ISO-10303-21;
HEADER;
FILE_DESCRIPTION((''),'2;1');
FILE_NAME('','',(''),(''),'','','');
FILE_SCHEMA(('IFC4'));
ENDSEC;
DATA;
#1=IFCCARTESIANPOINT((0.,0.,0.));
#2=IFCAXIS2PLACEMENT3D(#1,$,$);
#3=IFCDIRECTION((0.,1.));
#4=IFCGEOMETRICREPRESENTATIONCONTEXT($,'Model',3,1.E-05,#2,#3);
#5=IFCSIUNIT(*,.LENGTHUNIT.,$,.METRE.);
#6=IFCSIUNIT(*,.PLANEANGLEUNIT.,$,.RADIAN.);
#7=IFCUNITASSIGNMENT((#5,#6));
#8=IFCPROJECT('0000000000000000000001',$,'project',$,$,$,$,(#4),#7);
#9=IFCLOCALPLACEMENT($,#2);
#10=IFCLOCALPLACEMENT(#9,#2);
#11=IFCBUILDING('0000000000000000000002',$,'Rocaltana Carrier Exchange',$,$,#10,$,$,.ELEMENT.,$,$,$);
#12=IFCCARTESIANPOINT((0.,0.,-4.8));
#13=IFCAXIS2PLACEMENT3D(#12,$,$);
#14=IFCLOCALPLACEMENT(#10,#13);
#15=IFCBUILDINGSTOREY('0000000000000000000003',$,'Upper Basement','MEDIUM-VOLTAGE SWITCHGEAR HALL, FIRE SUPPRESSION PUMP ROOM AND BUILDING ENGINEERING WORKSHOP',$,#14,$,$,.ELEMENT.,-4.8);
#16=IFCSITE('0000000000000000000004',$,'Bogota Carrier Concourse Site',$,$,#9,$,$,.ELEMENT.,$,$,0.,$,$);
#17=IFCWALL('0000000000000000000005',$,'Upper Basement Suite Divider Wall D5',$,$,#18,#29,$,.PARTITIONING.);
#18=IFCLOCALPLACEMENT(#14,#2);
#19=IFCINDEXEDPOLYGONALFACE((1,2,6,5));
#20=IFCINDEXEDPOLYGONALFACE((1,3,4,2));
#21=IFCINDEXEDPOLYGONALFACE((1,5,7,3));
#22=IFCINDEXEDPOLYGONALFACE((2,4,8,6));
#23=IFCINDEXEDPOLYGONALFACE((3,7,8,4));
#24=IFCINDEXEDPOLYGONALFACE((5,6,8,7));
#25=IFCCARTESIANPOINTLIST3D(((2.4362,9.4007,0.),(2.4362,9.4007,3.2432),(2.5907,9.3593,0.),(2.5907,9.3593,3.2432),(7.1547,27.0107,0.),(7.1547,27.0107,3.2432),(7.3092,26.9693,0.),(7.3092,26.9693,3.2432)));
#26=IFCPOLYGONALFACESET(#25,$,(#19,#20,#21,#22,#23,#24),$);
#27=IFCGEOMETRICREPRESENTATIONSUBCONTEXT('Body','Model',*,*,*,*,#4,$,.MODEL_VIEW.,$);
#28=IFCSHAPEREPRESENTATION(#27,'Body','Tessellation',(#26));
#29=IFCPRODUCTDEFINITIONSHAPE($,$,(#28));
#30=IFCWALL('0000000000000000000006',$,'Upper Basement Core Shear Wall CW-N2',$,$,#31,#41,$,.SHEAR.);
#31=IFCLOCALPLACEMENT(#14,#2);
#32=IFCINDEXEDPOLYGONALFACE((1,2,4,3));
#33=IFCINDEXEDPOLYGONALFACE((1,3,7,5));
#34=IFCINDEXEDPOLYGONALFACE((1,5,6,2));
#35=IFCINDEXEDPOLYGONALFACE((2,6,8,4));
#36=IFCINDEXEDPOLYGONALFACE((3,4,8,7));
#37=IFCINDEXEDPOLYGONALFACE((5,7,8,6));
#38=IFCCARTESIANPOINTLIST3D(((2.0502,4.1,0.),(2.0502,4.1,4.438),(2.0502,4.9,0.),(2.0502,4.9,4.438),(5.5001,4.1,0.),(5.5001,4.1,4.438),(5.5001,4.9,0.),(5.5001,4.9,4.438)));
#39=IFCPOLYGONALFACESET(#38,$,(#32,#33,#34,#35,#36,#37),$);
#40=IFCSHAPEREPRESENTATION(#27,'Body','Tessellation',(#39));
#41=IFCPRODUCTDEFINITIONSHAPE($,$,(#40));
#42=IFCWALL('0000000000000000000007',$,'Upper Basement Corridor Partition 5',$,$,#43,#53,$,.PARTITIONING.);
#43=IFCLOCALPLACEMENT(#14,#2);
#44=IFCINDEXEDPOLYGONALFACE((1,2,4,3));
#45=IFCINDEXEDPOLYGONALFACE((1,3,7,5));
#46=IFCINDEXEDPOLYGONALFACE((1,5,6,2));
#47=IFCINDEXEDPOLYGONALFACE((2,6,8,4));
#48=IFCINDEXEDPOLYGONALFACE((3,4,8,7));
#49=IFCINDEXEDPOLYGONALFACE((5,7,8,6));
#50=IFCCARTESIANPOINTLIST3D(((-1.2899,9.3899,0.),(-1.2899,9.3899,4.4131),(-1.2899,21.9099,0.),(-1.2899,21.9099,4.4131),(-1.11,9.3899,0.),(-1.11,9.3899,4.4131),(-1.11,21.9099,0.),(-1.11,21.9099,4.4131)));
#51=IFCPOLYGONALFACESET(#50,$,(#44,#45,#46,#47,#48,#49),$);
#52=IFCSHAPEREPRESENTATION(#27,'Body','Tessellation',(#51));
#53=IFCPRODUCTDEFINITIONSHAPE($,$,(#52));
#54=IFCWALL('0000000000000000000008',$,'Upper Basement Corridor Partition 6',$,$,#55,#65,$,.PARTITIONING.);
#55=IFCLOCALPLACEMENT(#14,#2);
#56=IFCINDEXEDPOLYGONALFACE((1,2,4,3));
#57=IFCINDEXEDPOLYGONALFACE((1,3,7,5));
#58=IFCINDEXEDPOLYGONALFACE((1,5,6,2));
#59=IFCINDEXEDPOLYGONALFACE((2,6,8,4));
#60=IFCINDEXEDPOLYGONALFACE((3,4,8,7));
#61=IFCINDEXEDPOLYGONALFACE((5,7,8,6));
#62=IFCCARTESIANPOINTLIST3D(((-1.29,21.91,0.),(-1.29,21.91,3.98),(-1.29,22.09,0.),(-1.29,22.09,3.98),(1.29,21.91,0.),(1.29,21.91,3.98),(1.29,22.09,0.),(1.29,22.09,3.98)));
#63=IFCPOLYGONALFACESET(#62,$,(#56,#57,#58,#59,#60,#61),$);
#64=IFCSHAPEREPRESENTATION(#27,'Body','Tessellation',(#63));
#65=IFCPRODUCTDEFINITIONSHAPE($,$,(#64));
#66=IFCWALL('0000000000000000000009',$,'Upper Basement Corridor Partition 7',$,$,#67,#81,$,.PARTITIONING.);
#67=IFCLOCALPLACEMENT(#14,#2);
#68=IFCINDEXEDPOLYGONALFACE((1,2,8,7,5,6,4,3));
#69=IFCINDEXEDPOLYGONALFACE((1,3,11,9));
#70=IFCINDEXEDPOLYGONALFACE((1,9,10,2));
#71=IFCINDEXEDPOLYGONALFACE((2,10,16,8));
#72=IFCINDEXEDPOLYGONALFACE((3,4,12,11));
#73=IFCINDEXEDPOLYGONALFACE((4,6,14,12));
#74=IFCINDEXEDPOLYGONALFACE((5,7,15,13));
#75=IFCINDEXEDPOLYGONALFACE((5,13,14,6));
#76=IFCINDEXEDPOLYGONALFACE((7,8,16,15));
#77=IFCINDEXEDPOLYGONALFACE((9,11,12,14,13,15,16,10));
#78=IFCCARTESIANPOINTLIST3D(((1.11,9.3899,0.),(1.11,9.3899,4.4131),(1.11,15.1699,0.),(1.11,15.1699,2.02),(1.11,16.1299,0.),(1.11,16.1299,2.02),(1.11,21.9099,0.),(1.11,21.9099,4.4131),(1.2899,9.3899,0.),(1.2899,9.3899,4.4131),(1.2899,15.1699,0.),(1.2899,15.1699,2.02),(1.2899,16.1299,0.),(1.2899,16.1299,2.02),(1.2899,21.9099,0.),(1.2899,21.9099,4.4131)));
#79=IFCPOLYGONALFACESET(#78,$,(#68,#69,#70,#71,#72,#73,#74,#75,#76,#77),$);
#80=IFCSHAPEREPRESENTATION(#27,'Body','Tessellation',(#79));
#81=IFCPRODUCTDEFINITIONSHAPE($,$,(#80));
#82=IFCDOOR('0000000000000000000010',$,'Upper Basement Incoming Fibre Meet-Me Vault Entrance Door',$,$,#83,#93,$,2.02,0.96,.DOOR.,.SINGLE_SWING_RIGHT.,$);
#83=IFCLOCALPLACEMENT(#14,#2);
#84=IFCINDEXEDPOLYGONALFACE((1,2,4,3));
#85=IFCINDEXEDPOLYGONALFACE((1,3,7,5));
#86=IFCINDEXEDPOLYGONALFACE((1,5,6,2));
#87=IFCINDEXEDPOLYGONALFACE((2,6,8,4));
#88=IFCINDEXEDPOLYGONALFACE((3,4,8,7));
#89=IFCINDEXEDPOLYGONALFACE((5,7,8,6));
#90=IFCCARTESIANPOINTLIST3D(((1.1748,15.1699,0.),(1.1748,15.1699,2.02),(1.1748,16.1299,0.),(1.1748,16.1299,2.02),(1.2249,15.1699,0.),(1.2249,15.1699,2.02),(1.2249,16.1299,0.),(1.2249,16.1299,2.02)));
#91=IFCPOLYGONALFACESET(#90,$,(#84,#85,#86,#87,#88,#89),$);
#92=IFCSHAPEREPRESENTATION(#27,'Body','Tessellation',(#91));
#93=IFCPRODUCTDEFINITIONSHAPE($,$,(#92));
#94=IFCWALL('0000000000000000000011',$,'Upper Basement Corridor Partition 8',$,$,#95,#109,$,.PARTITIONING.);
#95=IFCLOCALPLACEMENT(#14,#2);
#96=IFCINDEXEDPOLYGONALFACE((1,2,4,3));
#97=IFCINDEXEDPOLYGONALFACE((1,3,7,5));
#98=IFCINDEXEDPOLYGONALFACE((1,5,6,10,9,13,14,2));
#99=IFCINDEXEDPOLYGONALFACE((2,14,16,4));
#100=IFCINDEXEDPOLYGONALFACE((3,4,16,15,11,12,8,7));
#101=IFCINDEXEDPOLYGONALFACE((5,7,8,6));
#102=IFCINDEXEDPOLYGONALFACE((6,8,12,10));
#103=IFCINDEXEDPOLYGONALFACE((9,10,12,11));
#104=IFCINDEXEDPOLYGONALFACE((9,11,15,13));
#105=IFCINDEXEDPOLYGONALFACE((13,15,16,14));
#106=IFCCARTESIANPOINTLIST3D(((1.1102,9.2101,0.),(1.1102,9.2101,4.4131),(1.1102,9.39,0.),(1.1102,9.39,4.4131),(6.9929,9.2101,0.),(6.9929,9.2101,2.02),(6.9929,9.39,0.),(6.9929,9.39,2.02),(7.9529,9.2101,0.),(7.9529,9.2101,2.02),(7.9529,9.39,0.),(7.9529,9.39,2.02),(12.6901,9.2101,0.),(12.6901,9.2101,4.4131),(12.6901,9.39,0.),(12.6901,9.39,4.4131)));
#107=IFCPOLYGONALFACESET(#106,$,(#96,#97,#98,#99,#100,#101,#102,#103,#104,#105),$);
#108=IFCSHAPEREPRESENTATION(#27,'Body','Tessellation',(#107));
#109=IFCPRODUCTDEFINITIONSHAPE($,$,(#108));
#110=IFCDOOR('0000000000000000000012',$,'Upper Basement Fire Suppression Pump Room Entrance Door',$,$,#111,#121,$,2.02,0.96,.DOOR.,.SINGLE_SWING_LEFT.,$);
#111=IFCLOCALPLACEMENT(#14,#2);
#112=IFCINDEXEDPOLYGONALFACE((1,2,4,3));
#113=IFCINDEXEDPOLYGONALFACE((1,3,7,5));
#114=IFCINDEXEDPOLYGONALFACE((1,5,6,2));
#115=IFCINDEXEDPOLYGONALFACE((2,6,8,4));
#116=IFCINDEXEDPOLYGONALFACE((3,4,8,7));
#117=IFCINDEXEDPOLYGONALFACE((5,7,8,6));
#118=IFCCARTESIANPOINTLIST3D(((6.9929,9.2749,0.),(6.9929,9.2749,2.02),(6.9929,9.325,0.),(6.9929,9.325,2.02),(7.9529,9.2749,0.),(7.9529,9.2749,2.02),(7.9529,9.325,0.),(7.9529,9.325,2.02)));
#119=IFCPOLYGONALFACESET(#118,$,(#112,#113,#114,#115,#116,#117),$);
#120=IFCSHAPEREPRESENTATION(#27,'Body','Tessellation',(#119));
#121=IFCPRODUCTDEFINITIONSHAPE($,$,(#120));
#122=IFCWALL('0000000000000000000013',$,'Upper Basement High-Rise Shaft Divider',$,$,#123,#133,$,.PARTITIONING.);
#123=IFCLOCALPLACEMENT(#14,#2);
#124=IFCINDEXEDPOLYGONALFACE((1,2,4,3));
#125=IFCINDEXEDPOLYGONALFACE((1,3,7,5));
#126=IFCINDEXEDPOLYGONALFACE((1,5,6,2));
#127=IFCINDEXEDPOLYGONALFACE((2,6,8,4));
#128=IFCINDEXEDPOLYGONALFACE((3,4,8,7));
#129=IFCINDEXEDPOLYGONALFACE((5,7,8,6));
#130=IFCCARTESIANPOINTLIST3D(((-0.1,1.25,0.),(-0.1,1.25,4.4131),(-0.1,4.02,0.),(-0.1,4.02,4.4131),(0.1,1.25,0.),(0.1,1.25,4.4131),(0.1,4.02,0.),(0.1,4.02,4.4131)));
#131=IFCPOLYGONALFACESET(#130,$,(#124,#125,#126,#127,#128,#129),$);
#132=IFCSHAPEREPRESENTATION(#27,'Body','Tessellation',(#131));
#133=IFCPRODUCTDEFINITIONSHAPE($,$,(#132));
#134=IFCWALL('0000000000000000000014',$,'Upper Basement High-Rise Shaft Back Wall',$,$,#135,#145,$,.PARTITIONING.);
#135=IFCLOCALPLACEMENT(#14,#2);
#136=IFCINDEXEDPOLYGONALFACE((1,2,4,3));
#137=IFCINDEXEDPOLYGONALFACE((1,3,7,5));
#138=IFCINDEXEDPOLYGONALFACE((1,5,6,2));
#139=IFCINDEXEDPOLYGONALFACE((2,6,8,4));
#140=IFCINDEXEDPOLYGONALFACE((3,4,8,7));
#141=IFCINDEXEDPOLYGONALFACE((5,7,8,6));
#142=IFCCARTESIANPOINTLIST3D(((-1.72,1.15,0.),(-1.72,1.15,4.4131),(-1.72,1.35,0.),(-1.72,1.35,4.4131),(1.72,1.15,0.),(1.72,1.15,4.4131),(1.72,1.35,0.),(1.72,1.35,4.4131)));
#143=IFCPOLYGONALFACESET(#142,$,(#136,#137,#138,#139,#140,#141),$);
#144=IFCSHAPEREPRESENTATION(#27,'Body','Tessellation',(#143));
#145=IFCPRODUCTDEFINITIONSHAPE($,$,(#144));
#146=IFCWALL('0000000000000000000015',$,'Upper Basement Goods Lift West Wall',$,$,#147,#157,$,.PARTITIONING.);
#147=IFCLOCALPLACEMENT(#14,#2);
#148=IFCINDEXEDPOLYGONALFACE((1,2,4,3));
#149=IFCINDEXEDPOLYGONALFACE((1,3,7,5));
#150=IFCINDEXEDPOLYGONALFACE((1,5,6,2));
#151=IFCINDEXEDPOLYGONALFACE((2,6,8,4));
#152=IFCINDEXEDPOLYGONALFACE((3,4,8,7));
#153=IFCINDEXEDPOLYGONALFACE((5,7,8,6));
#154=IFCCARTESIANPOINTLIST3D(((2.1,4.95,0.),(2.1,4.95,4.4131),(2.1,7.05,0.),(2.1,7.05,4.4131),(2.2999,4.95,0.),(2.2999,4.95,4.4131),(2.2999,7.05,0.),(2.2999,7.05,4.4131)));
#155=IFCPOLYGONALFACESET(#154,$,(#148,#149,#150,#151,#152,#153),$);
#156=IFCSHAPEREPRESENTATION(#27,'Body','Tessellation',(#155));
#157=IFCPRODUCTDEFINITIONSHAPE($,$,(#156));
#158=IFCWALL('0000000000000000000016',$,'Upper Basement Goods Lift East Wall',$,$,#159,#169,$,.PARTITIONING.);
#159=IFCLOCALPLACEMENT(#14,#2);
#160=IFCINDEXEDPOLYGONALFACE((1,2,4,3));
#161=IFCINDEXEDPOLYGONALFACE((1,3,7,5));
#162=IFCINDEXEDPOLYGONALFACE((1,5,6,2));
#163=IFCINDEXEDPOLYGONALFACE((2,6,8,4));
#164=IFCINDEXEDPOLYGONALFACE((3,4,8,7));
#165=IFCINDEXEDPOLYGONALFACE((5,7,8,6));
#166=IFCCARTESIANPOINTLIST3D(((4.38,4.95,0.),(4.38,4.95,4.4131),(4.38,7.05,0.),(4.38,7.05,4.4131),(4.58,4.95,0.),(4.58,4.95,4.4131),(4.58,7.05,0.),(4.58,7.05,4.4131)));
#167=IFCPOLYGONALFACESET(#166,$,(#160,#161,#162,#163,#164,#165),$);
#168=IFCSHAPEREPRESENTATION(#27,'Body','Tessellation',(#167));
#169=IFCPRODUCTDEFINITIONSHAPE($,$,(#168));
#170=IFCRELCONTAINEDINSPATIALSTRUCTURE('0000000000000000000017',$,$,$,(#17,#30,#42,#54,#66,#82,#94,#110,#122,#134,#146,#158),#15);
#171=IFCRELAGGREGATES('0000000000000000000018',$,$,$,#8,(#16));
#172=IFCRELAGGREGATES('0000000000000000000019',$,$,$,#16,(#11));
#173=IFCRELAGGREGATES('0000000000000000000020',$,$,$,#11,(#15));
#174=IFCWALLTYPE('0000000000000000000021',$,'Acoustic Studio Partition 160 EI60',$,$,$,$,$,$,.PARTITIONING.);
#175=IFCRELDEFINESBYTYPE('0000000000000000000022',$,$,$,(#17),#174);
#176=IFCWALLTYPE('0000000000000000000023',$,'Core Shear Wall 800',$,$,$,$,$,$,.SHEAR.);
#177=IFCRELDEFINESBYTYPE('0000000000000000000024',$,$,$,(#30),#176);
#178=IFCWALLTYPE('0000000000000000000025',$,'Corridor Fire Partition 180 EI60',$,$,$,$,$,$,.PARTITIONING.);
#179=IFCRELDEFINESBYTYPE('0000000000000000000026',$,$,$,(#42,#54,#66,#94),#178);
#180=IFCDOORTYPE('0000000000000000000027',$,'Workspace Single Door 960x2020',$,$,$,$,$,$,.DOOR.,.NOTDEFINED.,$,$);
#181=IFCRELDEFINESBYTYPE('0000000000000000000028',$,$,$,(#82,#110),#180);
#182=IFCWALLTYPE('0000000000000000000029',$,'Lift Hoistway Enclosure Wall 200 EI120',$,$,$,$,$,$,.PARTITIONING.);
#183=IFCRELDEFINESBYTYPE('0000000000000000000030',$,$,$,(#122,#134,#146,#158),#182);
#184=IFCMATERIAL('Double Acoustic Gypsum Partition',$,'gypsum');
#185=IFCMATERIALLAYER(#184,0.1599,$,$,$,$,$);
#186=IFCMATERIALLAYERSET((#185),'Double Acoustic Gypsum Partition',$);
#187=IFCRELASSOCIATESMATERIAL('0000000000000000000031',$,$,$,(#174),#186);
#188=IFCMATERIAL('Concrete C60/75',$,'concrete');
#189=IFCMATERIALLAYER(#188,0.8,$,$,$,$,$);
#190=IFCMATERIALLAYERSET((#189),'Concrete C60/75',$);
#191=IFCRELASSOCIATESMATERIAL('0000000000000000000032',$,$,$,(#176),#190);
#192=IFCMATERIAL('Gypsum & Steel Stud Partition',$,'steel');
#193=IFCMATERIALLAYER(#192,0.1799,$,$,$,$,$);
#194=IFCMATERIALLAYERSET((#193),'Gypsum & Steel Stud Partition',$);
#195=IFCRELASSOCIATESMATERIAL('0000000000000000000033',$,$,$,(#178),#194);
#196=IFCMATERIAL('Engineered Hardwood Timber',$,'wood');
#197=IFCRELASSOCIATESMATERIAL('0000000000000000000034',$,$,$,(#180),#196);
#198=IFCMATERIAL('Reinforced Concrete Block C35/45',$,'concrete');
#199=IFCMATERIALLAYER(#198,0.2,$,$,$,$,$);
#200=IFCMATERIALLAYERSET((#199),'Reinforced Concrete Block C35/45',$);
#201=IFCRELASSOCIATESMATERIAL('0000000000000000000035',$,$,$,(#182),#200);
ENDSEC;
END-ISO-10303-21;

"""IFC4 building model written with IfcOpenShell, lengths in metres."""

from ifc_helpers import new_model, si_unit, direction, frame, frame_2d, origin, place, context, subcontext, project, spatial, rectangle, extrude, material, layer, layer_set, type_object, element, fill, save


model = new_model("IFC4")

# Units and contexts
model_context = context("Model", 3, precision=1e-05, world=origin(), true_north=direction((0.0, 1.0)))
body_context = subcontext(model_context, "Body", "Model", "MODEL_VIEW")
ifc_project = project(units=[si_unit("LENGTHUNIT", "METRE"), si_unit("PLANEANGLEUNIT", "RADIAN")], contexts=[model_context])

# Site, building, storey
site_placement = place(None, origin())
site = spatial("IfcSite", under=ifc_project, at=site_placement, Name="Bogota Carrier Concourse Site", CompositionType="ELEMENT", RefElevation=0.0)
building_placement = place(site_placement, origin())
building = spatial("IfcBuilding", under=site, at=building_placement, Name="Rocaltana Carrier Exchange", CompositionType="ELEMENT")
storey_placement = place(building_placement, frame((0.0, 0.0, -4.8)))
storey = spatial("IfcBuildingStorey", under=building, at=storey_placement, Name="Upper Basement", Description="MEDIUM-VOLTAGE SWITCHGEAR HALL, FIRE SUPPRESSION PUMP ROOM AND BUILDING ENGINEERING WORKSHOP", CompositionType="ELEMENT", Elevation=-4.8)

# Walls
ifc_material_1 = material(Name="Double Acoustic Gypsum Partition", Category="gypsum")
ifc_layer_1 = layer(ifc_material_1, 0.1599)
ifc_layer_set_1 = layer_set([ifc_layer_1], Name="Double Acoustic Gypsum Partition")
wall_type_1 = type_object("IfcWallType", Name="Acoustic Studio Partition 160 EI60", PredefinedType="PARTITIONING", material=ifc_layer_set_1)
wall_1_placement = place(storey_placement, frame((2.5134, 9.3799, 0.0), z_axis=(0.0, 0.0, 1.0), x_axis=(0.258814, 0.965927, 0.0)))
element("IfcWall", 1, at=wall_1_placement, inside=storey, type_object=wall_type_1, Name="Upper Basement Suite Divider Wall D5", PredefinedType="PARTITIONING", context=body_context, shape_type="SweptSolid", body=[
    extrude(rectangle(XDim=18.2312, YDim=0.1599, at=frame_2d((9.1157, 0.0))), origin(), (0.0, 0.0, 1.0), 3.2432),
])
ifc_material_2 = material(Name="Concrete C60/75", Category="concrete")
ifc_layer_2 = layer(ifc_material_2, 0.8)
ifc_layer_set_2 = layer_set([ifc_layer_2], Name="Concrete C60/75")
wall_type_2 = type_object("IfcWallType", Name="Core Shear Wall 800", PredefinedType="SHEAR", material=ifc_layer_set_2)
wall_2_placement = place(storey_placement, frame((2.05, 4.5, 0.0), z_axis=(0.0, 0.0, 1.0), x_axis=(1.0, 0.0, 0.0)))
element("IfcWall", 2, at=wall_2_placement, inside=storey, type_object=wall_type_2, Name="Upper Basement Core Shear Wall CW-N2", PredefinedType="SHEAR", context=body_context, shape_type="SweptSolid", body=[
    extrude(rectangle(XDim=3.45, YDim=0.8, at=frame_2d((1.7251, 0.0))), origin(), (0.0, 0.0, 1.0), 4.438),
])
ifc_material_3 = material(Name="Gypsum & Steel Stud Partition", Category="steel")
ifc_layer_3 = layer(ifc_material_3, 0.1799)
ifc_layer_set_3 = layer_set([ifc_layer_3], Name="Gypsum & Steel Stud Partition")
wall_type_3 = type_object("IfcWallType", Name="Corridor Fire Partition 180 EI60", PredefinedType="PARTITIONING", material=ifc_layer_set_3)
wall_3_placement = place(storey_placement, frame((-1.2, 9.3899, 0.0), z_axis=(0.0, 0.0, 1.0), x_axis=(0.0, 1.0, 0.0)))
element("IfcWall", 3, at=wall_3_placement, inside=storey, type_object=wall_type_3, Name="Upper Basement Corridor Partition 5", PredefinedType="PARTITIONING", context=body_context, shape_type="SweptSolid", body=[
    extrude(rectangle(XDim=12.52, YDim=0.1799, at=frame_2d((6.26, 0.0))), origin(), (0.0, 0.0, 1.0), 4.4131),
])
wall_4_placement = place(storey_placement, frame((-1.29, 22.0, 0.0), z_axis=(0.0, 0.0, 1.0), x_axis=(1.0, 0.0, 0.0)))
element("IfcWall", 4, at=wall_4_placement, inside=storey, type_object=wall_type_3, Name="Upper Basement Corridor Partition 6", PredefinedType="PARTITIONING", context=body_context, shape_type="SweptSolid", body=[
    extrude(rectangle(XDim=2.5801, YDim=0.1799, at=frame_2d((1.29, 0.0))), origin(), (0.0, 0.0, 1.0), 3.98),
])

# Walls, openings, doors
wall_5_placement = place(storey_placement, frame((1.2, 21.9099, 0.0), z_axis=(0.0, 0.0, 1.0), x_axis=(0.0, -1.0, 0.0)))
wall_5 = element("IfcWall", 5, at=wall_5_placement, inside=storey, type_object=wall_type_3, Name="Upper Basement Corridor Partition 7", PredefinedType="PARTITIONING", context=body_context, shape_type="SweptSolid", body=[
    extrude(rectangle(XDim=12.52, YDim=0.1799, at=frame_2d((6.26, 0.0))), origin(), (0.0, 0.0, 1.0), 4.4131),
])
opening_1_placement = place(wall_5_placement, frame((5.78, 0.0, 0.0)))
opening_1 = element("IfcOpeningElement", 6, at=opening_1_placement, cuts=wall_5, PredefinedType="OPENING", context=body_context, shape_type="SweptSolid", body=[
    extrude(rectangle(XDim=0.96, YDim=2.02, at=frame_2d((0.48, 1.01))), frame((0.0, 0.0999, 0.0), z_axis=(0.0, -1.0, 0.0), x_axis=(1.0, 0.0, 0.0)), (0.0, 0.0, 1.0), 0.2),
])
ifc_material_4 = material(Name="Engineered Hardwood Timber", Category="wood")
door_type_1 = type_object("IfcDoorType", Name="Workspace Single Door 960x2020", OperationType="NOTDEFINED", PredefinedType="DOOR", material=ifc_material_4)
door_1_placement = place(opening_1_placement, origin())
door_1 = element("IfcDoor", 7, at=door_1_placement, inside=storey, type_object=door_type_1, Name="Upper Basement Incoming Fibre Meet-Me Vault Entrance Door", OperationType="SINGLE_SWING_RIGHT", OverallHeight=2.02, OverallWidth=0.96, PredefinedType="DOOR", context=body_context, shape_type="SweptSolid", body=[
    extrude(rectangle(XDim=0.96, YDim=2.02, at=frame_2d((0.48, 1.01))), frame((0.0, 0.0249, 0.0), z_axis=(0.0, -1.0, 0.0), x_axis=(1.0, 0.0, 0.0)), (0.0, 0.0, 1.0), 0.05),
])
fill(opening_1, door_1)
wall_6_placement = place(storey_placement, frame((1.1101, 9.3, 0.0), z_axis=(0.0, 0.0, 1.0), x_axis=(1.0, 0.0, 0.0)))
wall_6 = element("IfcWall", 8, at=wall_6_placement, inside=storey, type_object=wall_type_3, Name="Upper Basement Corridor Partition 8", PredefinedType="PARTITIONING", context=body_context, shape_type="SweptSolid", body=[
    extrude(rectangle(XDim=11.5798, YDim=0.1799, at=frame_2d((5.79, 0.0))), origin(), (0.0, 0.0, 1.0), 4.4131),
])
opening_2_placement = place(wall_6_placement, frame((5.8828, 0.0, 0.0)))
opening_2 = element("IfcOpeningElement", 9, at=opening_2_placement, cuts=wall_6, PredefinedType="OPENING", context=body_context, shape_type="SweptSolid", body=[
    extrude(rectangle(XDim=0.96, YDim=2.02, at=frame_2d((0.48, 1.01))), frame((0.0, 0.0999, 0.0), z_axis=(0.0, -1.0, 0.0), x_axis=(1.0, 0.0, 0.0)), (0.0, 0.0, 1.0), 0.2),
])
door_2_placement = place(opening_2_placement, origin())
door_2 = element("IfcDoor", 10, at=door_2_placement, inside=storey, type_object=door_type_1, Name="Upper Basement Fire Suppression Pump Room Entrance Door", OperationType="SINGLE_SWING_LEFT", OverallHeight=2.02, OverallWidth=0.96, PredefinedType="DOOR", context=body_context, shape_type="SweptSolid", body=[
    extrude(rectangle(XDim=0.96, YDim=2.02, at=frame_2d((0.48, 1.01))), frame((0.0, 0.0249, 0.0), z_axis=(0.0, -1.0, 0.0), x_axis=(1.0, 0.0, 0.0)), (0.0, 0.0, 1.0), 0.05),
])
fill(opening_2, door_2)

# Walls
ifc_material_5 = material(Name="Reinforced Concrete Block C35/45", Category="concrete")
ifc_layer_4 = layer(ifc_material_5, 0.2)
ifc_layer_set_4 = layer_set([ifc_layer_4], Name="Reinforced Concrete Block C35/45")
wall_type_4 = type_object("IfcWallType", Name="Lift Hoistway Enclosure Wall 200 EI120", PredefinedType="PARTITIONING", material=ifc_layer_set_4)
wall_7_placement = place(storey_placement, frame((0.0, 1.25, 0.0), z_axis=(0.0, 0.0, 1.0), x_axis=(0.0, 1.0, 0.0)))
element("IfcWall", 11, at=wall_7_placement, inside=storey, type_object=wall_type_4, Name="Upper Basement High-Rise Shaft Divider", PredefinedType="PARTITIONING", context=body_context, shape_type="SweptSolid", body=[
    extrude(rectangle(XDim=2.77, YDim=0.2, at=frame_2d((1.385, 0.0))), origin(), (0.0, 0.0, 1.0), 4.4131),
])
wall_8_placement = place(storey_placement, frame((-1.72, 1.25, 0.0), z_axis=(0.0, 0.0, 1.0), x_axis=(1.0, 0.0, 0.0)))
element("IfcWall", 12, at=wall_8_placement, inside=storey, type_object=wall_type_4, Name="Upper Basement High-Rise Shaft Back Wall", PredefinedType="PARTITIONING", context=body_context, shape_type="SweptSolid", body=[
    extrude(rectangle(XDim=3.4399, YDim=0.2, at=frame_2d((1.72, 0.0))), origin(), (0.0, 0.0, 1.0), 4.4131),
])
for number, where, z_axis, x_axis, name in (
    (13, (2.2, 4.95, 0.0), (0.0, 0.0, 1.0), (0.0, 1.0, 0.0), "Upper Basement Goods Lift West Wall"),
    (14, (4.48, 4.95, 0.0), (0.0, 0.0, 1.0), (0.0, 1.0, 0.0), "Upper Basement Goods Lift East Wall"),
):
    element("IfcWall", number, at=place(storey_placement, frame(where, z_axis=z_axis, x_axis=x_axis)), inside=storey, type_object=wall_type_4, Name=name, PredefinedType="PARTITIONING", context=body_context, shape_type="SweptSolid", body=[
        extrude(rectangle(XDim=2.1001, YDim=0.2, at=frame_2d((1.05, 0.0))), origin(), (0.0, 0.0, 1.0), 4.4131),
    ])

save(model, "model.ifc")
